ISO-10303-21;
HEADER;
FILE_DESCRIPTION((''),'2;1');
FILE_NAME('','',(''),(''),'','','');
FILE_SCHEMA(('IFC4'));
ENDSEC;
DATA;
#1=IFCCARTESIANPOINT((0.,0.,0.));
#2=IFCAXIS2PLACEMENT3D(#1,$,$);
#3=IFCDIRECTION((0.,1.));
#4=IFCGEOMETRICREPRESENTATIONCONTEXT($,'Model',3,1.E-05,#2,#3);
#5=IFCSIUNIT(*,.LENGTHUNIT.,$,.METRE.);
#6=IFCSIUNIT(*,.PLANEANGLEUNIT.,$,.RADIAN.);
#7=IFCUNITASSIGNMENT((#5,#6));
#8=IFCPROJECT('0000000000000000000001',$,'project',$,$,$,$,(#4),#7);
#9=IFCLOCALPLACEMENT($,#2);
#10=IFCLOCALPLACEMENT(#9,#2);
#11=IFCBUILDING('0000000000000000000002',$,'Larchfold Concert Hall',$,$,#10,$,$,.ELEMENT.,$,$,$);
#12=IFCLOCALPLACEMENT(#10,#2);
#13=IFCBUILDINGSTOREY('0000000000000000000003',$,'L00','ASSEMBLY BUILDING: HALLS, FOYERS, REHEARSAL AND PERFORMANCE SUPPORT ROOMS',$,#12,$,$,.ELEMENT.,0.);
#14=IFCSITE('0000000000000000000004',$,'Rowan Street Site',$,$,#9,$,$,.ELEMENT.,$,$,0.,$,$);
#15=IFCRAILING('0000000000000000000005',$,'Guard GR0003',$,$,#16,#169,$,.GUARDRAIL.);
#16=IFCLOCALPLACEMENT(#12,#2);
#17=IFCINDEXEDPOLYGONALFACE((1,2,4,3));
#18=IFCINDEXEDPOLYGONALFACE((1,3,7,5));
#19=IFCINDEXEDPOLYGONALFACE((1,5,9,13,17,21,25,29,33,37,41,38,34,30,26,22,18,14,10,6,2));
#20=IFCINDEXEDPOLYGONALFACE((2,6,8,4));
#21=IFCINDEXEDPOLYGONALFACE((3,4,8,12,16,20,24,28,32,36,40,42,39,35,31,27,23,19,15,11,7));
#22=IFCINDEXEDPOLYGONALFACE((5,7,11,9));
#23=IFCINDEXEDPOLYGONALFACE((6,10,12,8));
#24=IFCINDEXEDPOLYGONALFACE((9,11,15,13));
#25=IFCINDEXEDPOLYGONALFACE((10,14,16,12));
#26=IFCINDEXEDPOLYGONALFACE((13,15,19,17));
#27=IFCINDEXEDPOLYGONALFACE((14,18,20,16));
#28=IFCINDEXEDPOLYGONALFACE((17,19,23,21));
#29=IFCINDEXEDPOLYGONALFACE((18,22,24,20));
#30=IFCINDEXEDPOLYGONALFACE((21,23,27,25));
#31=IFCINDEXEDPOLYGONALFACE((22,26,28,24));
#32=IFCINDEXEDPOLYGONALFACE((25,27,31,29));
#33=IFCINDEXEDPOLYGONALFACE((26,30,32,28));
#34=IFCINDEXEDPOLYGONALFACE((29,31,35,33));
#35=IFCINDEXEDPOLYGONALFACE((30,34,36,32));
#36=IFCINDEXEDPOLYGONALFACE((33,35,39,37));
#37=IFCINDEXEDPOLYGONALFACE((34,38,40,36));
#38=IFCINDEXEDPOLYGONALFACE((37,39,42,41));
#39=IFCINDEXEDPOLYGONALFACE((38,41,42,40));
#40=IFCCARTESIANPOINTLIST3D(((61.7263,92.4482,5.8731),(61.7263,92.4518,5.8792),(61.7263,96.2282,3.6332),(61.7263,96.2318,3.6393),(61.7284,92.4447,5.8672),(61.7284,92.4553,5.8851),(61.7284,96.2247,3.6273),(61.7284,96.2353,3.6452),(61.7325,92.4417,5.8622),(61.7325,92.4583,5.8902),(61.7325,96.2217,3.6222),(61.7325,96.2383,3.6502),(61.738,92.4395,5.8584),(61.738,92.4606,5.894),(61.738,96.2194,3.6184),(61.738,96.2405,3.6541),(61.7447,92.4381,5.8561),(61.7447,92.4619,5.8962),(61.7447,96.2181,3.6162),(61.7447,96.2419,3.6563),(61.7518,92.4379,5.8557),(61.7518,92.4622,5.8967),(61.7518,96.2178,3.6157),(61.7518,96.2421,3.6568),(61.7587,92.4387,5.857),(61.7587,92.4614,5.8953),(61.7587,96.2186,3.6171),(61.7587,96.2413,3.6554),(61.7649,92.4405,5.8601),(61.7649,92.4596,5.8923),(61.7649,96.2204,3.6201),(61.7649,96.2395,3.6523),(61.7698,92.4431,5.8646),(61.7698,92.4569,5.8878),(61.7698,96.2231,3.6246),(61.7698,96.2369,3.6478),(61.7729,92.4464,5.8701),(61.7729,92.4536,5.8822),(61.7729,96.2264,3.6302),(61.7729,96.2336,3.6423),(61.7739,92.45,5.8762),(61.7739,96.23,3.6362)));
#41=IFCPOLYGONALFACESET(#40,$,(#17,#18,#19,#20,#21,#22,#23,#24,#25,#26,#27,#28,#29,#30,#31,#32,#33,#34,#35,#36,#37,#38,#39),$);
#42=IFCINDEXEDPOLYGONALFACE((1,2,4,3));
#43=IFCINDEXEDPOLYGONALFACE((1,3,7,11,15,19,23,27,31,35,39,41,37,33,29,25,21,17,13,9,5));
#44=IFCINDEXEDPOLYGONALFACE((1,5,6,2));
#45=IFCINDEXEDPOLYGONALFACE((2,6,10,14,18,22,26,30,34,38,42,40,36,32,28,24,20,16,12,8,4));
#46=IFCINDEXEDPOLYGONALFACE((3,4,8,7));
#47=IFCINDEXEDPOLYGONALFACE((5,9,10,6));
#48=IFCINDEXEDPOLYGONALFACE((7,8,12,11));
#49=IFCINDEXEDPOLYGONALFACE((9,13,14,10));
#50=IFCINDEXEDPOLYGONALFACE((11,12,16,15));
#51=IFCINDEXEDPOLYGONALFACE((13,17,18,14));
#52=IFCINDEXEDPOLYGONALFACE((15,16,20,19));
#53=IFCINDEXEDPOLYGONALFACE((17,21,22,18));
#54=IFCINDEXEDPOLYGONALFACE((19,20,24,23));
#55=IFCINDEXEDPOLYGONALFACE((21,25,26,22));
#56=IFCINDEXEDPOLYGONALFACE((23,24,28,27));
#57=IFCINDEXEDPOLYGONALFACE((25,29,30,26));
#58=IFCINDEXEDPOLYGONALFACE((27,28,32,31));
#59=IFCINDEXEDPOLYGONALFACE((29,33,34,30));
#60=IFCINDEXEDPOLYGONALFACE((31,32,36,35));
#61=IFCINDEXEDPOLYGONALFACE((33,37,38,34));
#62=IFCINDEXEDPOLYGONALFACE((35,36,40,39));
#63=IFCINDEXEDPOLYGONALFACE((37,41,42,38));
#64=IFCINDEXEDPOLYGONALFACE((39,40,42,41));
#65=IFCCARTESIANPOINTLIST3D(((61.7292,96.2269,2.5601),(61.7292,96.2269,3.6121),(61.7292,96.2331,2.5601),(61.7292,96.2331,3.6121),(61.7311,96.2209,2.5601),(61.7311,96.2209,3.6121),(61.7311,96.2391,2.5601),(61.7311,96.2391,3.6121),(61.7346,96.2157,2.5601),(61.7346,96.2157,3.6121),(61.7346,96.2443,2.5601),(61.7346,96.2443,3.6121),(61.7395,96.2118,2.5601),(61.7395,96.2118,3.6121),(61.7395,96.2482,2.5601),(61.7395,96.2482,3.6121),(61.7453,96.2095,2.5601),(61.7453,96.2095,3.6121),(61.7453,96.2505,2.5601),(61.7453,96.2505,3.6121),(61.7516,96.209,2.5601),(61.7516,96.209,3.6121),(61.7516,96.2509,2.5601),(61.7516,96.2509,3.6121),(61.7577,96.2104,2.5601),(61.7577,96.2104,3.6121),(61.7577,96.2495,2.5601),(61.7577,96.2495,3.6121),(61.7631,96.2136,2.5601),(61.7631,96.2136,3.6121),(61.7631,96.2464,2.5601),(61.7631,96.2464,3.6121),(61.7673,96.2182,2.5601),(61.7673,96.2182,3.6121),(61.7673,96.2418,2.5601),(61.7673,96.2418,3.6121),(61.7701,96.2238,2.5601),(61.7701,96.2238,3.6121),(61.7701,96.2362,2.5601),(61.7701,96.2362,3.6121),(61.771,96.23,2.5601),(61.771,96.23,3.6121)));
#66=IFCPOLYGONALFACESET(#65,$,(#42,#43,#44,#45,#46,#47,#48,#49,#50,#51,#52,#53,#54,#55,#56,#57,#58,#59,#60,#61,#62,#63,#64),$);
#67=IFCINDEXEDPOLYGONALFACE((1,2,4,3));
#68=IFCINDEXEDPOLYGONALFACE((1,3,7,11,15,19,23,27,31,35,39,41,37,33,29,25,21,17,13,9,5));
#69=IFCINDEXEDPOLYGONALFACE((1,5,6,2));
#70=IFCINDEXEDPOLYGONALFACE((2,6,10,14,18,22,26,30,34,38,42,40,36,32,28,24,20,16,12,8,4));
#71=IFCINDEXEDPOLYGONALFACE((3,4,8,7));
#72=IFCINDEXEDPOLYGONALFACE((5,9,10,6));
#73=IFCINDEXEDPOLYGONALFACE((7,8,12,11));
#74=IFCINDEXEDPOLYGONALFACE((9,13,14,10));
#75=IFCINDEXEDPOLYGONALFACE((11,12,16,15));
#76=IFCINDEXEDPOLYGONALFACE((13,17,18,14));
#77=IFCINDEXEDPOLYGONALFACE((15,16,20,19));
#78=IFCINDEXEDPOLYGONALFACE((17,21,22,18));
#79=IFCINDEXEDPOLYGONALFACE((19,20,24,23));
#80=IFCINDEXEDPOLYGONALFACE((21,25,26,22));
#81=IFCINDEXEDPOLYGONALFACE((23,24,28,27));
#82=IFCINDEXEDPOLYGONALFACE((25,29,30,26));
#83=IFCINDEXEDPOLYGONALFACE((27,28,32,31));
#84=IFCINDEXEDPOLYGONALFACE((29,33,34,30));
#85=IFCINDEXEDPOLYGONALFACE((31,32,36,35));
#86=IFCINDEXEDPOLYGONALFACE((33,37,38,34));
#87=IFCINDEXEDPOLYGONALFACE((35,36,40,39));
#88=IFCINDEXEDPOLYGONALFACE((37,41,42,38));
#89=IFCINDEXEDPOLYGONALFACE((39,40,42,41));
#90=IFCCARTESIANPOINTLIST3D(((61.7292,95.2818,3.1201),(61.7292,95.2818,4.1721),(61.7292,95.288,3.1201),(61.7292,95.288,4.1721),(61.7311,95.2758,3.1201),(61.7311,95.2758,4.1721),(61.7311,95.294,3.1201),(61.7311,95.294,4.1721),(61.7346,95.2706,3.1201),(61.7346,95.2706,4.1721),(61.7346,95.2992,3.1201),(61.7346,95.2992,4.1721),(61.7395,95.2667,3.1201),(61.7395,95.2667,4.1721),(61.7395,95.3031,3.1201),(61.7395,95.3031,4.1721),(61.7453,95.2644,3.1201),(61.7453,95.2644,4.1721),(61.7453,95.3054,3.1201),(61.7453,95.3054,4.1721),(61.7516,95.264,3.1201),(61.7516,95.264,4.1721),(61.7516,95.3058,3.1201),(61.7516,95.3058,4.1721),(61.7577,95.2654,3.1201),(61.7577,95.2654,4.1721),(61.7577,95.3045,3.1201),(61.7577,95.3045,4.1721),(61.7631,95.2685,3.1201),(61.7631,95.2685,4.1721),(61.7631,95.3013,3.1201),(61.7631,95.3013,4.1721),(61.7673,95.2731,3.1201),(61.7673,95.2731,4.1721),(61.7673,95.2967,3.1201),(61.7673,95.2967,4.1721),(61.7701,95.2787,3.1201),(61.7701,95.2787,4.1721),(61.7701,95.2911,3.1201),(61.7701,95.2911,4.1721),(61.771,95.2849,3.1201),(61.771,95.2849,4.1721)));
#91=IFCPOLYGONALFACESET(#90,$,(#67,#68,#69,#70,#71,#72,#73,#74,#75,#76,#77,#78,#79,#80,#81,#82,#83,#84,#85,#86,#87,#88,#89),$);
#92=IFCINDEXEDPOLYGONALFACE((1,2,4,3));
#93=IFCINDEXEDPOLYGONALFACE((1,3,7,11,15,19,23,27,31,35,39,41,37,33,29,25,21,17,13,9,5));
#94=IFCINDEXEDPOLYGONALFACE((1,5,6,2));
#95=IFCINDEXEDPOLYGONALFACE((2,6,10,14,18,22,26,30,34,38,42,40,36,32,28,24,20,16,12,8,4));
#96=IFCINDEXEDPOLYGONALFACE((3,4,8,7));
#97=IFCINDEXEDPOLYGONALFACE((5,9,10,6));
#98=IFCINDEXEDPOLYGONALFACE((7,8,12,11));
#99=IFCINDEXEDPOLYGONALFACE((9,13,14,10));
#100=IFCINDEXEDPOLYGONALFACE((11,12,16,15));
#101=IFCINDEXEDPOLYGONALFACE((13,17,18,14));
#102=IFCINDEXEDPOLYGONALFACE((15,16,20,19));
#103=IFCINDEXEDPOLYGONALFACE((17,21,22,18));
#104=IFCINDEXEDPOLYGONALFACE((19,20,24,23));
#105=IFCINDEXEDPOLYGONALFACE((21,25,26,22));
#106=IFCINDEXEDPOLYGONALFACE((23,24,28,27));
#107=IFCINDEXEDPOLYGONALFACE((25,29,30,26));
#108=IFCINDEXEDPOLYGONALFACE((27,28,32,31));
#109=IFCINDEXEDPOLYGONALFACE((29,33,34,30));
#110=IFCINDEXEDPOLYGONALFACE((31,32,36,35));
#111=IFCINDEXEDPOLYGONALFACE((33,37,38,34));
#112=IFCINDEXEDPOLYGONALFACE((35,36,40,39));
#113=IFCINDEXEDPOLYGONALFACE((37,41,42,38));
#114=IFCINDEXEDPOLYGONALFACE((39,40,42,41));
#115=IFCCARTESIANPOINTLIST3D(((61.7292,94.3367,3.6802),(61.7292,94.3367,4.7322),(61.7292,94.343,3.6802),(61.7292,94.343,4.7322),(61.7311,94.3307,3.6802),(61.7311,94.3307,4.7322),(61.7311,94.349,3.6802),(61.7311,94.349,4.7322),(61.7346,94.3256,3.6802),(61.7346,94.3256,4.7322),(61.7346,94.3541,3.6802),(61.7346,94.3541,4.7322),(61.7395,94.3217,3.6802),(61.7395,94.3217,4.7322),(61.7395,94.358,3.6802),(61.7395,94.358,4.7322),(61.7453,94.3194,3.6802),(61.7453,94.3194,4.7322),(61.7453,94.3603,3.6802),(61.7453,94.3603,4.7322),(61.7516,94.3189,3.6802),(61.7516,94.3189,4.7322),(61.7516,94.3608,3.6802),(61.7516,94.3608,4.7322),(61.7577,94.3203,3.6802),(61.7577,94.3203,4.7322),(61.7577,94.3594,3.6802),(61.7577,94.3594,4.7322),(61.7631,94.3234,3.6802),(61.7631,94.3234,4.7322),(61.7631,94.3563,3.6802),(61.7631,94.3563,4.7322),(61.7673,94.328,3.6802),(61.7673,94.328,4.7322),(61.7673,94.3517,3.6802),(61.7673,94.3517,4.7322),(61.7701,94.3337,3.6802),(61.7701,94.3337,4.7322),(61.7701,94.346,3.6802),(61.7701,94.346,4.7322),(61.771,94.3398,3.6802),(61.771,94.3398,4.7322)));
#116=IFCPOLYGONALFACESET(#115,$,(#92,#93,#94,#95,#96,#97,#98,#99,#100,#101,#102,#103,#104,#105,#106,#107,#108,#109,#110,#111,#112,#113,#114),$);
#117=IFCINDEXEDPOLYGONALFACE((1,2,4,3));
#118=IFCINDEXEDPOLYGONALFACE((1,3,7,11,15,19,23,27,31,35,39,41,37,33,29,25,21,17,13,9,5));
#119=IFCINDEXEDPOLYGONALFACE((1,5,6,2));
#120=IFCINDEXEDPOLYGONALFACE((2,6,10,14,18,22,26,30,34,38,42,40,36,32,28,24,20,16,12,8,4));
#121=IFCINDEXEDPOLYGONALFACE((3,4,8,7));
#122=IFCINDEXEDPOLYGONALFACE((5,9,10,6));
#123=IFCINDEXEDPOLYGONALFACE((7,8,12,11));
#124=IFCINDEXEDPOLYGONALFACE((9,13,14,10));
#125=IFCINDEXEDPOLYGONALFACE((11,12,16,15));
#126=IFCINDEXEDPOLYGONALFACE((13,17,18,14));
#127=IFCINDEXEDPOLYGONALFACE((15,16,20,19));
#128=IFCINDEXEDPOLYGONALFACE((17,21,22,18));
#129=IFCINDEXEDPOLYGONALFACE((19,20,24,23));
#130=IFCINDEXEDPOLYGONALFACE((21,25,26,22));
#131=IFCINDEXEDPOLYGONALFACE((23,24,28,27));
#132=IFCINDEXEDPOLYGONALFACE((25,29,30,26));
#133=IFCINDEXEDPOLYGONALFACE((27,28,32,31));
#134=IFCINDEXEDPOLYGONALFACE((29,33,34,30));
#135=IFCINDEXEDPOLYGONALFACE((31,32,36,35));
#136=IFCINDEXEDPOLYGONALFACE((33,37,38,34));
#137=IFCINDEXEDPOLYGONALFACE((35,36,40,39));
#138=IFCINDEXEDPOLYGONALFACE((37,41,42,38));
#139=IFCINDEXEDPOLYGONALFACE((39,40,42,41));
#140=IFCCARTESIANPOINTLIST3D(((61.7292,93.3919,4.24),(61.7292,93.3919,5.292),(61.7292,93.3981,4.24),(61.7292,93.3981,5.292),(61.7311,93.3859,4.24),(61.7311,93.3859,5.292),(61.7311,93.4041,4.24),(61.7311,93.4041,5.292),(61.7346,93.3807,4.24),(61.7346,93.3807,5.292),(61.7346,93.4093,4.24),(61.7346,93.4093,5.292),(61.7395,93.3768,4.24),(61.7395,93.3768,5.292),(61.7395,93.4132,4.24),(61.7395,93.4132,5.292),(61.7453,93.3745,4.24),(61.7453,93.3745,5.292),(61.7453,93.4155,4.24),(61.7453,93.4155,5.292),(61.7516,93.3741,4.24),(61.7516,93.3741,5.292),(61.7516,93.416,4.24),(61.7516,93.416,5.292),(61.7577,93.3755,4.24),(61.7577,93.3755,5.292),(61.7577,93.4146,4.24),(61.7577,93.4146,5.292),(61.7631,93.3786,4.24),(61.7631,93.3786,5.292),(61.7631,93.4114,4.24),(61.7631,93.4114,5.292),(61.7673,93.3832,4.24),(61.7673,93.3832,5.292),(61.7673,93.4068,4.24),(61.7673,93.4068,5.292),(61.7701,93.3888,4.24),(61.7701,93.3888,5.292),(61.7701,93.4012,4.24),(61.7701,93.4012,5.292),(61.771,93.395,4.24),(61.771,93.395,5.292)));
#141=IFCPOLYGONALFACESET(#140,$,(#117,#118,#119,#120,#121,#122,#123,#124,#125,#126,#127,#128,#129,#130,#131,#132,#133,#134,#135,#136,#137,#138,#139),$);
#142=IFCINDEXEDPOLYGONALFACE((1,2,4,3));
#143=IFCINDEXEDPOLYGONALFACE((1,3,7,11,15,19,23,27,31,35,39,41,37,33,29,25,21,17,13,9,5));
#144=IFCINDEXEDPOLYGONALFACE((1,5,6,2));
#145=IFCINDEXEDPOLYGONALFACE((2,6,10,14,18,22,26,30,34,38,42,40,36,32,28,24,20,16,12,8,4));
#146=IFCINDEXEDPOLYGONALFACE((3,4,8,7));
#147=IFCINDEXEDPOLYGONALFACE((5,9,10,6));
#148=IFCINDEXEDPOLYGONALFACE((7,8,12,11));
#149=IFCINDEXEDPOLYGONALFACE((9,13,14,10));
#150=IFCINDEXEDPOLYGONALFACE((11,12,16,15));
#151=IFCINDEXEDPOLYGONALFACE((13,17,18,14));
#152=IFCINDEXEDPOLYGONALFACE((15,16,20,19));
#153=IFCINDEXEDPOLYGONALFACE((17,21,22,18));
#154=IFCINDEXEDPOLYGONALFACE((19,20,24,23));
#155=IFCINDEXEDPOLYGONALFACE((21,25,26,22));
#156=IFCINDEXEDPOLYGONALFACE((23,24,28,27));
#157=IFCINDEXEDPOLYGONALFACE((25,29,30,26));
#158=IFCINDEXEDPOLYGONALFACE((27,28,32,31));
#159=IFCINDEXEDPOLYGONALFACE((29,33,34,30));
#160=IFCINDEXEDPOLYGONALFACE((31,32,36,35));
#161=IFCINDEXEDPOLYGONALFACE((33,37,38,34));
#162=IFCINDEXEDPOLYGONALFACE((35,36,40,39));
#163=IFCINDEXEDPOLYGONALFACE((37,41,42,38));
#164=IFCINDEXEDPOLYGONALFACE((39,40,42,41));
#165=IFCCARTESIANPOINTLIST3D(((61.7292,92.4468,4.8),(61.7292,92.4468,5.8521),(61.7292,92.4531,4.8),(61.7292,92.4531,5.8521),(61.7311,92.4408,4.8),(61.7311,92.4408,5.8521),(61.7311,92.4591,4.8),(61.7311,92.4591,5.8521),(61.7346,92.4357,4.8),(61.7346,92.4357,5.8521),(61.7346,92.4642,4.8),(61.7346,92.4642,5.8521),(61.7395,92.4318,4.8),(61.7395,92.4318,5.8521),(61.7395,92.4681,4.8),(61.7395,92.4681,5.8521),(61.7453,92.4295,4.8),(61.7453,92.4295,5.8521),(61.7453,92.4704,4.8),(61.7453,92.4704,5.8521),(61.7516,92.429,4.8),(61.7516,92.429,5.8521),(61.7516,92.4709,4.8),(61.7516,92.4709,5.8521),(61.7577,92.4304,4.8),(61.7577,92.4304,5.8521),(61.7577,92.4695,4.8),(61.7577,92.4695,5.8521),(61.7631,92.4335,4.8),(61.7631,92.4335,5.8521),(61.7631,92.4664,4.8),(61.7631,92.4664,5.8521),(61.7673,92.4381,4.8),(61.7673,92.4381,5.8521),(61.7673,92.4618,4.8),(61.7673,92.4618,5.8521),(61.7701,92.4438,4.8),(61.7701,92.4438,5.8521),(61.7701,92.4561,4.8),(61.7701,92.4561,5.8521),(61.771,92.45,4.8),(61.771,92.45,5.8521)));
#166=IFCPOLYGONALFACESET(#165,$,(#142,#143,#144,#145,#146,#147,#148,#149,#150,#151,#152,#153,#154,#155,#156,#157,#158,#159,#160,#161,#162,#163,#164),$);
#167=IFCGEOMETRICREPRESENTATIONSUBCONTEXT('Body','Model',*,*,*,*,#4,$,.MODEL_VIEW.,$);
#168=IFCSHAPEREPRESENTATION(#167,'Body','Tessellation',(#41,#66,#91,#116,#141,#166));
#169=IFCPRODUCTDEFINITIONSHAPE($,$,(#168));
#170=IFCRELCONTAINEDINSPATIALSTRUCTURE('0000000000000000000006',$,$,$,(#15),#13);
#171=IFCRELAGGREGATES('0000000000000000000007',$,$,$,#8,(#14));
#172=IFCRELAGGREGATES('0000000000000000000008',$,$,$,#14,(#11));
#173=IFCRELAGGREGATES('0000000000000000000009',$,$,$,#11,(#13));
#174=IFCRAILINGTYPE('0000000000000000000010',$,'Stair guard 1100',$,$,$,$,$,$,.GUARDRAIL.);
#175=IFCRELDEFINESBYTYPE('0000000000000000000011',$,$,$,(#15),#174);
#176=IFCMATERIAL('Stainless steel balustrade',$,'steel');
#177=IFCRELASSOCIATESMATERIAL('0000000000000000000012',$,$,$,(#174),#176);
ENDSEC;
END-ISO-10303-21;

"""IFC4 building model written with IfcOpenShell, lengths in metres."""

from ifc_helpers import new_model, si_unit, direction, frame, origin, origin_2d, place, context, subcontext, project, spatial, circle, extrude, material, type_object, element, save


model = new_model("IFC4")

# Units and contexts
model_context = context("Model", 3, precision=1e-05, world=origin(), true_north=direction((0.0, 1.0)))
body_context = subcontext(model_context, "Body", "Model", "MODEL_VIEW")
ifc_project = project(units=[si_unit("LENGTHUNIT", "METRE"), si_unit("PLANEANGLEUNIT", "RADIAN")], contexts=[model_context])

# Site, building, storey
site_placement = place(None, origin())
site = spatial("IfcSite", under=ifc_project, at=site_placement, Name="Rowan Street Site", CompositionType="ELEMENT", RefElevation=0.0)
building_placement = place(site_placement, origin())
building = spatial("IfcBuilding", under=site, at=building_placement, Name="Larchfold Concert Hall", CompositionType="ELEMENT")
storey_placement = place(building_placement, origin())
storey = spatial("IfcBuildingStorey", under=building, at=storey_placement, Name="L00", Description="ASSEMBLY BUILDING: HALLS, FOYERS, REHEARSAL AND PERFORMANCE SUPPORT ROOMS", CompositionType="ELEMENT", Elevation=0.0)

# Railing
ifc_material_1 = material(Name="Stainless steel balustrade", Category="steel")
railing_type_1 = type_object("IfcRailingType", Name="Stair guard 1100", PredefinedType="GUARDRAIL", material=ifc_material_1)
railing_1_placement = place(storey_placement, frame((61.75, 96.23, 2.5601)))
element("IfcRailing", 1, at=railing_1_placement, inside=storey, type_object=railing_type_1, Name="Guard GR0003", PredefinedType="GUARDRAIL", context=body_context, shape_type="SweptSolid", body=[
    extrude(circle(Radius=0.0239, at=origin_2d()), frame((0.0, 0.0, 1.0762), z_axis=(0.0, -0.860294, 0.509798), x_axis=(1.0, 0.0, 0.0)), (0.0, 0.0, 1.0), 4.3938),
    extrude(circle(Radius=0.021, at=origin_2d()), origin(), (0.0, 0.0, 1.0), 1.052),
    extrude(circle(Radius=0.021, at=origin_2d()), frame((0.0, -0.9451, 0.5601)), (0.0, 0.0, 1.0), 1.052),
    extrude(circle(Radius=0.021, at=origin_2d()), frame((0.0, -1.8901, 1.1201)), (0.0, 0.0, 1.0), 1.052),
    extrude(circle(Radius=0.021, at=origin_2d()), frame((0.0, -2.835, 1.6799)), (0.0, 0.0, 1.0), 1.052),
    extrude(circle(Radius=0.021, at=origin_2d()), frame((0.0, -3.78, 2.24)), (0.0, 0.0, 1.0), 1.052),
])

save(model, "model.ifc")
